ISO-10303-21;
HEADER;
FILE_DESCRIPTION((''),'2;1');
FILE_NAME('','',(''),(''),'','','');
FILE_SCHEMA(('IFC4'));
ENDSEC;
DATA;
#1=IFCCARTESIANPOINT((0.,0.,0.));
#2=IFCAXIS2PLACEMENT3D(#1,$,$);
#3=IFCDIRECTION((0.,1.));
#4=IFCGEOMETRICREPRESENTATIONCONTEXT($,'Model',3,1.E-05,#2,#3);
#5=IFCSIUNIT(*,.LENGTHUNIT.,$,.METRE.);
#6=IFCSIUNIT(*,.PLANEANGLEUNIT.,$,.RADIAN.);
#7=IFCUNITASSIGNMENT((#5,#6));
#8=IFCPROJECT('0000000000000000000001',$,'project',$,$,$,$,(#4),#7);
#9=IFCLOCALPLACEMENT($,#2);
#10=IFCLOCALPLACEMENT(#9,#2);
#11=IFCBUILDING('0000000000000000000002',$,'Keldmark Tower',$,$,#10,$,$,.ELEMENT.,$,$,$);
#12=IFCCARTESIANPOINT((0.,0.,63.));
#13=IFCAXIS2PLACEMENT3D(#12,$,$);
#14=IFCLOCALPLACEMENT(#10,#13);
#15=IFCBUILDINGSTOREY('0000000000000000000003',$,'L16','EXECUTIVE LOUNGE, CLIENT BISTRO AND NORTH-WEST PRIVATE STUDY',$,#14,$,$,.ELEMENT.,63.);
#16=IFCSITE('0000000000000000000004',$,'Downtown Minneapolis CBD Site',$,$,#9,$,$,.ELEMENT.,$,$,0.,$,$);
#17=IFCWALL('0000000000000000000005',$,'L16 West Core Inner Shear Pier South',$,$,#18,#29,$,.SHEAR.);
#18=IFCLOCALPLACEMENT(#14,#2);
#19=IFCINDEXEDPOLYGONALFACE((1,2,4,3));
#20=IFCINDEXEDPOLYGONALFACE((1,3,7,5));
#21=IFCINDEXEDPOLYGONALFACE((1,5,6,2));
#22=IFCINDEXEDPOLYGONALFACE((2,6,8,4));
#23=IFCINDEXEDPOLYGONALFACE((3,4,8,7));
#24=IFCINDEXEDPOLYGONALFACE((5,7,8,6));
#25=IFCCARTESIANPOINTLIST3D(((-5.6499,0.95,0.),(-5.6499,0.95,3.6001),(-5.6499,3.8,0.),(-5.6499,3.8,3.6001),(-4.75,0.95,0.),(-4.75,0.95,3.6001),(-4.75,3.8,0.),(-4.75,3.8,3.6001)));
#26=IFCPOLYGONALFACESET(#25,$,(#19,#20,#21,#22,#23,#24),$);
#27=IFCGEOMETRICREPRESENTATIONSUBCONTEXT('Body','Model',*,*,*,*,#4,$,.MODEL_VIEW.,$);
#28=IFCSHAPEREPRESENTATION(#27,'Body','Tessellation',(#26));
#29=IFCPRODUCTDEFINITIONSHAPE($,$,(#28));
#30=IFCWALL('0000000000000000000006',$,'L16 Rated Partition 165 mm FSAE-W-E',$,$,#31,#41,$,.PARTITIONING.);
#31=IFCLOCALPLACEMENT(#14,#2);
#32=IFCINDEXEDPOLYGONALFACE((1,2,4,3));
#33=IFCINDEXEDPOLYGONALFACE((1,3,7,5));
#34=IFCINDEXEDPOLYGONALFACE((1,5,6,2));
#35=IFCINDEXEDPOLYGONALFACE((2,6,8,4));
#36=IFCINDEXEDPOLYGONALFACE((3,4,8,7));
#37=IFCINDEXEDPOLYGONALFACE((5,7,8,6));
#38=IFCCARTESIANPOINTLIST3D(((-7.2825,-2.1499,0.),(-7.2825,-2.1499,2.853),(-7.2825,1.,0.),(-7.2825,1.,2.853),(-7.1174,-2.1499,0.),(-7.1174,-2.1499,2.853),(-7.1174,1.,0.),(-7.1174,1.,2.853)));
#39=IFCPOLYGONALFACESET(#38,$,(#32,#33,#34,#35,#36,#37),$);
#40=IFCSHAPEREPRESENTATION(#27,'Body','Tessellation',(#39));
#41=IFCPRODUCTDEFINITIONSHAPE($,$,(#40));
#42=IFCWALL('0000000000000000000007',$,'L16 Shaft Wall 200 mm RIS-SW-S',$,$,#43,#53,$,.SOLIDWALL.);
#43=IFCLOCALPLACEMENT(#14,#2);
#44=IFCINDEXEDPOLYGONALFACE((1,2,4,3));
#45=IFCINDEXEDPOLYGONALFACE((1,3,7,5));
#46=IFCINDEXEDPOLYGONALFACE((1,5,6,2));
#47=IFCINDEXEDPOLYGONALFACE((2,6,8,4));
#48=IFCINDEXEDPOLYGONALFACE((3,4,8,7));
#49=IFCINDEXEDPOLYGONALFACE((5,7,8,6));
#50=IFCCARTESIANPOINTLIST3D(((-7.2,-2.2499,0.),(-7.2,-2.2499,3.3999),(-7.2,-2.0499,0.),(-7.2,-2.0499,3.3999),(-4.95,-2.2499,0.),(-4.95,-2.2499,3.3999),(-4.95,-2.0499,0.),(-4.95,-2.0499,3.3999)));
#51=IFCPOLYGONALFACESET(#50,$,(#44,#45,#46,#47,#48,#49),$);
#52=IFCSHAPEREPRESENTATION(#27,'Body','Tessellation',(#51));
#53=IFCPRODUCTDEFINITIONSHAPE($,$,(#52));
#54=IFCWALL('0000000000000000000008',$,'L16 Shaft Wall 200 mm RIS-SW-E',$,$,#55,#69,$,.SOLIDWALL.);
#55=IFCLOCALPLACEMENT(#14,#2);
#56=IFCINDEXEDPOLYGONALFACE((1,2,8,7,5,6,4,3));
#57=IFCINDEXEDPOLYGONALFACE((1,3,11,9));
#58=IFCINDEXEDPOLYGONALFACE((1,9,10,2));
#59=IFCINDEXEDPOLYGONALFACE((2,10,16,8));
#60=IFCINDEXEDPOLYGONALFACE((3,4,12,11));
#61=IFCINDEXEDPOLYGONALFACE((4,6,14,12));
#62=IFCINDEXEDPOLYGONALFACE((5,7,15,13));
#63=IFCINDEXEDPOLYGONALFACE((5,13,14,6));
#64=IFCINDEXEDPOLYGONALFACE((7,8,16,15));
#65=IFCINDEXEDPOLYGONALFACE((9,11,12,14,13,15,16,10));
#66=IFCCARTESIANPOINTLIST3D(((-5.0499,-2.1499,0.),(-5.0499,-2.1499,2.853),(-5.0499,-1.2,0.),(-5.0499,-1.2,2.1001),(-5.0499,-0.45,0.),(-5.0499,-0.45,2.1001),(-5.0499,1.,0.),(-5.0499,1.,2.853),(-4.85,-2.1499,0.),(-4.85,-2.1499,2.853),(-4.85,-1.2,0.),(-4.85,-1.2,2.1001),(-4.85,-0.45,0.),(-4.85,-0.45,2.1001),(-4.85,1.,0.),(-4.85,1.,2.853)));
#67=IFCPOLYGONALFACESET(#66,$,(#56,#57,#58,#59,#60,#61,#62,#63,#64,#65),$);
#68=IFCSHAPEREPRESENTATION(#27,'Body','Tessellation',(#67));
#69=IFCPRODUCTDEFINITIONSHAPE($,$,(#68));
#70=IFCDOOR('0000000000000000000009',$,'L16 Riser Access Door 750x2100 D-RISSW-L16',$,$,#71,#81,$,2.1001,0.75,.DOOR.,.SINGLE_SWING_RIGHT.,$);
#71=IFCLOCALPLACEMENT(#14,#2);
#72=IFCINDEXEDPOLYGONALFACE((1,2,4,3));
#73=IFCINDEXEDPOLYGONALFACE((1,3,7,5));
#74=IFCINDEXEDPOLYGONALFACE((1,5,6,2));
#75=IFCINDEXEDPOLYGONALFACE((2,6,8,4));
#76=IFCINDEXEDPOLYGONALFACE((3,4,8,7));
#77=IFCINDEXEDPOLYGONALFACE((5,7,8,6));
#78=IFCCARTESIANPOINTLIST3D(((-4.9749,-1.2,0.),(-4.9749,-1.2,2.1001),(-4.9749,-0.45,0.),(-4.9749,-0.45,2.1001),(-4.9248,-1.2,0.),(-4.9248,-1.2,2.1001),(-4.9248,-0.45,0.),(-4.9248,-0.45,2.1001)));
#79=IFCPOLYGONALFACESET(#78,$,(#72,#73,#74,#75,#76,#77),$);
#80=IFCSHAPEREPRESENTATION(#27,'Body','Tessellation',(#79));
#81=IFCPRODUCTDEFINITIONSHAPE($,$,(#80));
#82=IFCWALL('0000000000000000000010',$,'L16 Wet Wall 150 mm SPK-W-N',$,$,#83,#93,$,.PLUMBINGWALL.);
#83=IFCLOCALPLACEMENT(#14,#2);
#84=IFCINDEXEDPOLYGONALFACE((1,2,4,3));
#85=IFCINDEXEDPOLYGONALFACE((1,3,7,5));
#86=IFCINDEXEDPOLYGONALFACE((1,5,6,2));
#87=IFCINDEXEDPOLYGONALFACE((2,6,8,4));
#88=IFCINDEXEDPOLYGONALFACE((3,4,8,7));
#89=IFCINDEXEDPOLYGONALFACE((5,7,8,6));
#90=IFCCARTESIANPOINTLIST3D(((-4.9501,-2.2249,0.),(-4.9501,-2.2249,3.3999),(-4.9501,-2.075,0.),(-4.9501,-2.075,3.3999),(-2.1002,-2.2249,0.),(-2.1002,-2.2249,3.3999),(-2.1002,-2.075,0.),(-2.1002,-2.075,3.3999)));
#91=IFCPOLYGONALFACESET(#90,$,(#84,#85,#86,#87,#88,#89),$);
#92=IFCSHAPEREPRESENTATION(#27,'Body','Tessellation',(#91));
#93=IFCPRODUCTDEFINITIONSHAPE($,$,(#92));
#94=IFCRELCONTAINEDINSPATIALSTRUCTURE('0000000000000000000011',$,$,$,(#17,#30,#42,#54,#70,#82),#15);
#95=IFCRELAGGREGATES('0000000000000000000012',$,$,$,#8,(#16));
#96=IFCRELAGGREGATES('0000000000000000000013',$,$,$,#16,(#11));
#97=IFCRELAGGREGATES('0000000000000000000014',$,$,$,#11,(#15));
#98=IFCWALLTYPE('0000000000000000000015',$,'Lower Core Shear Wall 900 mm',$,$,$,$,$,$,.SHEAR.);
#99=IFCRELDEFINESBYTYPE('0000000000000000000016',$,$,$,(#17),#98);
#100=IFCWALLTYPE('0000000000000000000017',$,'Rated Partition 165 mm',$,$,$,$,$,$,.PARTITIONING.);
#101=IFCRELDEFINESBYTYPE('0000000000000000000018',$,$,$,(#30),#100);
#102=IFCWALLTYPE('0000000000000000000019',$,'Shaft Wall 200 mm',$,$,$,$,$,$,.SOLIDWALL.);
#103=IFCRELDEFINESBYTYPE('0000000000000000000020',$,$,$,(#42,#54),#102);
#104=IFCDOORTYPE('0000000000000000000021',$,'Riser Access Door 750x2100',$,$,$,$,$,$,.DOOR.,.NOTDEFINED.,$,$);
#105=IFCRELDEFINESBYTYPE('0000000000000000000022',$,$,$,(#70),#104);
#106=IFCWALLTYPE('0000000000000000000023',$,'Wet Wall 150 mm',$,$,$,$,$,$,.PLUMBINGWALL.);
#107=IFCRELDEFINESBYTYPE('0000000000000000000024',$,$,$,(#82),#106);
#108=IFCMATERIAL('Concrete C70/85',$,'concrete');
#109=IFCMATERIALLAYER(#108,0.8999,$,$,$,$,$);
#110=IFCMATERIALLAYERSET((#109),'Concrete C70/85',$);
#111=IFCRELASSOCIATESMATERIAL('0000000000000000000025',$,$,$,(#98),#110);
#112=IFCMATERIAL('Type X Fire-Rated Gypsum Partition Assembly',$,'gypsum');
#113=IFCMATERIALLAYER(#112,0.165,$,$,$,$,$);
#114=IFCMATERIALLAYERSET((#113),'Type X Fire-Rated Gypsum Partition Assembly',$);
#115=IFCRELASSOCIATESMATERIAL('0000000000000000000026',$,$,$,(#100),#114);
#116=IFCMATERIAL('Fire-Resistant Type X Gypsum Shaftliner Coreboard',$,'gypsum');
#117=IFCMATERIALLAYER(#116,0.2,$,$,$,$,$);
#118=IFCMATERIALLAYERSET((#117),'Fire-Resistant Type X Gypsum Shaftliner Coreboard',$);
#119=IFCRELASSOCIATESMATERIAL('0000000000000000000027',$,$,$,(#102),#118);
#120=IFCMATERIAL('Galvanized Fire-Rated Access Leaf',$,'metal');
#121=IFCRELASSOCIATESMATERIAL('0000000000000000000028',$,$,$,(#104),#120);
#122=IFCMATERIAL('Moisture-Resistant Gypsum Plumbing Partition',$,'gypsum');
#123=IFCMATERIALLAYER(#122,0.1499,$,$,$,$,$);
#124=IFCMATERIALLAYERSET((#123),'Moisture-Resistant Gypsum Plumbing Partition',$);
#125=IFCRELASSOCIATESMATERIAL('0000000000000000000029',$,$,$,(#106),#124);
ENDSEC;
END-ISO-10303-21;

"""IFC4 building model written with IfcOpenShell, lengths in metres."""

from ifc_helpers import new_model, si_unit, direction, frame, frame_2d, origin, place, context, subcontext, project, spatial, rectangle, extrude, material, layer, layer_set, type_object, element, fill, save


model = new_model("IFC4")

# Units and contexts
model_context = context("Model", 3, precision=1e-05, world=origin(), true_north=direction((0.0, 1.0)))
body_context = subcontext(model_context, "Body", "Model", "MODEL_VIEW")
ifc_project = project(units=[si_unit("LENGTHUNIT", "METRE"), si_unit("PLANEANGLEUNIT", "RADIAN")], contexts=[model_context])

# Site, building, storey
site_placement = place(None, origin())
site = spatial("IfcSite", under=ifc_project, at=site_placement, Name="Downtown Minneapolis CBD Site", CompositionType="ELEMENT", RefElevation=0.0)
building_placement = place(site_placement, origin())
building = spatial("IfcBuilding", under=site, at=building_placement, Name="Keldmark Tower", CompositionType="ELEMENT")
storey_placement = place(building_placement, frame((0.0, 0.0, 63.0)))
storey = spatial("IfcBuildingStorey", under=building, at=storey_placement, Name="L16", Description="EXECUTIVE LOUNGE, CLIENT BISTRO AND NORTH-WEST PRIVATE STUDY", CompositionType="ELEMENT", Elevation=63.0)

# Shared definitions
ifc_material_1 = material(Name="Concrete C70/85", Category="concrete")
ifc_layer_1 = layer(ifc_material_1, 0.8999)
ifc_layer_set_1 = layer_set([ifc_layer_1], Name="Concrete C70/85")
wall_type_1 = type_object("IfcWallType", Name="Lower Core Shear Wall 900 mm", PredefinedType="SHEAR", material=ifc_layer_set_1)

# Wall
wall_1_placement = place(storey_placement, frame((-5.2, 0.95, 0.0), z_axis=(0.0, 0.0, 1.0), x_axis=(0.0, 1.0, 0.0)))
element("IfcWall", 1, at=wall_1_placement, inside=storey, type_object=wall_type_1, Name="L16 West Core Inner Shear Pier South", PredefinedType="SHEAR", context=body_context, shape_type="SweptSolid", body=[
    extrude(rectangle(XDim=2.8501, YDim=0.8999, at=frame_2d((1.425, 0.0))), origin(), (0.0, 0.0, 1.0), 3.6001),
])

# Shared definitions
ifc_material_2 = material(Name="Type X Fire-Rated Gypsum Partition Assembly", Category="gypsum")
ifc_layer_2 = layer(ifc_material_2, 0.165)
ifc_layer_set_2 = layer_set([ifc_layer_2], Name="Type X Fire-Rated Gypsum Partition Assembly")
wall_type_2 = type_object("IfcWallType", Name="Rated Partition 165 mm", PredefinedType="PARTITIONING", material=ifc_layer_set_2)

# Walls
wall_2_placement = place(storey_placement, frame((-7.2, -2.1499, 0.0), z_axis=(0.0, 0.0, 1.0), x_axis=(0.0, 1.0, 0.0)))
element("IfcWall", 2, at=wall_2_placement, inside=storey, type_object=wall_type_2, Name="L16 Rated Partition 165 mm FSAE-W-E", PredefinedType="PARTITIONING", context=body_context, shape_type="SweptSolid", body=[
    extrude(rectangle(XDim=3.1499, YDim=0.165, at=frame_2d((1.575, 0.0))), origin(), (0.0, 0.0, 1.0), 2.853),
])
ifc_material_3 = material(Name="Fire-Resistant Type X Gypsum Shaftliner Coreboard", Category="gypsum")
ifc_layer_3 = layer(ifc_material_3, 0.2)
ifc_layer_set_3 = layer_set([ifc_layer_3], Name="Fire-Resistant Type X Gypsum Shaftliner Coreboard")
wall_type_3 = type_object("IfcWallType", Name="Shaft Wall 200 mm", PredefinedType="SOLIDWALL", material=ifc_layer_set_3)
wall_3_placement = place(storey_placement, frame((-7.2, -2.1499, 0.0), z_axis=(0.0, 0.0, 1.0), x_axis=(1.0, 0.0, 0.0)))
element("IfcWall", 3, at=wall_3_placement, inside=storey, type_object=wall_type_3, Name="L16 Shaft Wall 200 mm RIS-SW-S", PredefinedType="SOLIDWALL", context=body_context, shape_type="SweptSolid", body=[
    extrude(rectangle(XDim=2.25, YDim=0.2, at=frame_2d((1.125, 0.0))), origin(), (0.0, 0.0, 1.0), 3.3999),
])

# Wall, opening, door
wall_4_placement = place(storey_placement, frame((-4.95, -2.1499, 0.0), z_axis=(0.0, 0.0, 1.0), x_axis=(0.0, 1.0, 0.0)))
wall_4 = element("IfcWall", 4, at=wall_4_placement, inside=storey, type_object=wall_type_3, Name="L16 Shaft Wall 200 mm RIS-SW-E", PredefinedType="SOLIDWALL", context=body_context, shape_type="SweptSolid", body=[
    extrude(rectangle(XDim=3.1499, YDim=0.2, at=frame_2d((1.575, 0.0))), origin(), (0.0, 0.0, 1.0), 2.853),
])
opening_1_placement = place(wall_4_placement, frame((0.95, 0.0, 0.0)))
opening_1 = element("IfcOpeningElement", 5, at=opening_1_placement, cuts=wall_4, PredefinedType="OPENING", context=body_context, shape_type="SweptSolid", body=[
    extrude(rectangle(XDim=0.75, YDim=2.1001, at=frame_2d((0.375, 1.05))), frame((0.0, 0.1099, 0.0), z_axis=(0.0, -1.0, 0.0), x_axis=(1.0, 0.0, 0.0)), (0.0, 0.0, 1.0), 0.22),
])
ifc_material_4 = material(Name="Galvanized Fire-Rated Access Leaf", Category="metal")
door_type_1 = type_object("IfcDoorType", Name="Riser Access Door 750x2100", OperationType="NOTDEFINED", PredefinedType="DOOR", material=ifc_material_4)
door_1_placement = place(opening_1_placement, origin())
door_1 = element("IfcDoor", 6, at=door_1_placement, inside=storey, type_object=door_type_1, Name="L16 Riser Access Door 750x2100 D-RISSW-L16", OperationType="SINGLE_SWING_RIGHT", OverallHeight=2.1001, OverallWidth=0.75, PredefinedType="DOOR", context=body_context, shape_type="SweptSolid", body=[
    extrude(rectangle(XDim=0.75, YDim=2.1001, at=frame_2d((0.375, 1.05))), frame((0.0, 0.0249, 0.0), z_axis=(0.0, -1.0, 0.0), x_axis=(1.0, 0.0, 0.0)), (0.0, 0.0, 1.0), 0.05),
])
fill(opening_1, door_1)

# Wall
ifc_material_5 = material(Name="Moisture-Resistant Gypsum Plumbing Partition", Category="gypsum")
ifc_layer_4 = layer(ifc_material_5, 0.1499)
ifc_layer_set_4 = layer_set([ifc_layer_4], Name="Moisture-Resistant Gypsum Plumbing Partition")
wall_type_4 = type_object("IfcWallType", Name="Wet Wall 150 mm", PredefinedType="PLUMBINGWALL", material=ifc_layer_set_4)
wall_5_placement = place(storey_placement, frame((-4.95, -2.1499, 0.0), z_axis=(0.0, 0.0, 1.0), x_axis=(1.0, 0.0, 0.0)))
element("IfcWall", 7, at=wall_5_placement, inside=storey, type_object=wall_type_4, Name="L16 Wet Wall 150 mm SPK-W-N", PredefinedType="PLUMBINGWALL", context=body_context, shape_type="SweptSolid", body=[
    extrude(rectangle(XDim=2.8499, YDim=0.1499, at=frame_2d((1.4248, 0.0))), origin(), (0.0, 0.0, 1.0), 3.3999),
])

save(model, "model.ifc")
